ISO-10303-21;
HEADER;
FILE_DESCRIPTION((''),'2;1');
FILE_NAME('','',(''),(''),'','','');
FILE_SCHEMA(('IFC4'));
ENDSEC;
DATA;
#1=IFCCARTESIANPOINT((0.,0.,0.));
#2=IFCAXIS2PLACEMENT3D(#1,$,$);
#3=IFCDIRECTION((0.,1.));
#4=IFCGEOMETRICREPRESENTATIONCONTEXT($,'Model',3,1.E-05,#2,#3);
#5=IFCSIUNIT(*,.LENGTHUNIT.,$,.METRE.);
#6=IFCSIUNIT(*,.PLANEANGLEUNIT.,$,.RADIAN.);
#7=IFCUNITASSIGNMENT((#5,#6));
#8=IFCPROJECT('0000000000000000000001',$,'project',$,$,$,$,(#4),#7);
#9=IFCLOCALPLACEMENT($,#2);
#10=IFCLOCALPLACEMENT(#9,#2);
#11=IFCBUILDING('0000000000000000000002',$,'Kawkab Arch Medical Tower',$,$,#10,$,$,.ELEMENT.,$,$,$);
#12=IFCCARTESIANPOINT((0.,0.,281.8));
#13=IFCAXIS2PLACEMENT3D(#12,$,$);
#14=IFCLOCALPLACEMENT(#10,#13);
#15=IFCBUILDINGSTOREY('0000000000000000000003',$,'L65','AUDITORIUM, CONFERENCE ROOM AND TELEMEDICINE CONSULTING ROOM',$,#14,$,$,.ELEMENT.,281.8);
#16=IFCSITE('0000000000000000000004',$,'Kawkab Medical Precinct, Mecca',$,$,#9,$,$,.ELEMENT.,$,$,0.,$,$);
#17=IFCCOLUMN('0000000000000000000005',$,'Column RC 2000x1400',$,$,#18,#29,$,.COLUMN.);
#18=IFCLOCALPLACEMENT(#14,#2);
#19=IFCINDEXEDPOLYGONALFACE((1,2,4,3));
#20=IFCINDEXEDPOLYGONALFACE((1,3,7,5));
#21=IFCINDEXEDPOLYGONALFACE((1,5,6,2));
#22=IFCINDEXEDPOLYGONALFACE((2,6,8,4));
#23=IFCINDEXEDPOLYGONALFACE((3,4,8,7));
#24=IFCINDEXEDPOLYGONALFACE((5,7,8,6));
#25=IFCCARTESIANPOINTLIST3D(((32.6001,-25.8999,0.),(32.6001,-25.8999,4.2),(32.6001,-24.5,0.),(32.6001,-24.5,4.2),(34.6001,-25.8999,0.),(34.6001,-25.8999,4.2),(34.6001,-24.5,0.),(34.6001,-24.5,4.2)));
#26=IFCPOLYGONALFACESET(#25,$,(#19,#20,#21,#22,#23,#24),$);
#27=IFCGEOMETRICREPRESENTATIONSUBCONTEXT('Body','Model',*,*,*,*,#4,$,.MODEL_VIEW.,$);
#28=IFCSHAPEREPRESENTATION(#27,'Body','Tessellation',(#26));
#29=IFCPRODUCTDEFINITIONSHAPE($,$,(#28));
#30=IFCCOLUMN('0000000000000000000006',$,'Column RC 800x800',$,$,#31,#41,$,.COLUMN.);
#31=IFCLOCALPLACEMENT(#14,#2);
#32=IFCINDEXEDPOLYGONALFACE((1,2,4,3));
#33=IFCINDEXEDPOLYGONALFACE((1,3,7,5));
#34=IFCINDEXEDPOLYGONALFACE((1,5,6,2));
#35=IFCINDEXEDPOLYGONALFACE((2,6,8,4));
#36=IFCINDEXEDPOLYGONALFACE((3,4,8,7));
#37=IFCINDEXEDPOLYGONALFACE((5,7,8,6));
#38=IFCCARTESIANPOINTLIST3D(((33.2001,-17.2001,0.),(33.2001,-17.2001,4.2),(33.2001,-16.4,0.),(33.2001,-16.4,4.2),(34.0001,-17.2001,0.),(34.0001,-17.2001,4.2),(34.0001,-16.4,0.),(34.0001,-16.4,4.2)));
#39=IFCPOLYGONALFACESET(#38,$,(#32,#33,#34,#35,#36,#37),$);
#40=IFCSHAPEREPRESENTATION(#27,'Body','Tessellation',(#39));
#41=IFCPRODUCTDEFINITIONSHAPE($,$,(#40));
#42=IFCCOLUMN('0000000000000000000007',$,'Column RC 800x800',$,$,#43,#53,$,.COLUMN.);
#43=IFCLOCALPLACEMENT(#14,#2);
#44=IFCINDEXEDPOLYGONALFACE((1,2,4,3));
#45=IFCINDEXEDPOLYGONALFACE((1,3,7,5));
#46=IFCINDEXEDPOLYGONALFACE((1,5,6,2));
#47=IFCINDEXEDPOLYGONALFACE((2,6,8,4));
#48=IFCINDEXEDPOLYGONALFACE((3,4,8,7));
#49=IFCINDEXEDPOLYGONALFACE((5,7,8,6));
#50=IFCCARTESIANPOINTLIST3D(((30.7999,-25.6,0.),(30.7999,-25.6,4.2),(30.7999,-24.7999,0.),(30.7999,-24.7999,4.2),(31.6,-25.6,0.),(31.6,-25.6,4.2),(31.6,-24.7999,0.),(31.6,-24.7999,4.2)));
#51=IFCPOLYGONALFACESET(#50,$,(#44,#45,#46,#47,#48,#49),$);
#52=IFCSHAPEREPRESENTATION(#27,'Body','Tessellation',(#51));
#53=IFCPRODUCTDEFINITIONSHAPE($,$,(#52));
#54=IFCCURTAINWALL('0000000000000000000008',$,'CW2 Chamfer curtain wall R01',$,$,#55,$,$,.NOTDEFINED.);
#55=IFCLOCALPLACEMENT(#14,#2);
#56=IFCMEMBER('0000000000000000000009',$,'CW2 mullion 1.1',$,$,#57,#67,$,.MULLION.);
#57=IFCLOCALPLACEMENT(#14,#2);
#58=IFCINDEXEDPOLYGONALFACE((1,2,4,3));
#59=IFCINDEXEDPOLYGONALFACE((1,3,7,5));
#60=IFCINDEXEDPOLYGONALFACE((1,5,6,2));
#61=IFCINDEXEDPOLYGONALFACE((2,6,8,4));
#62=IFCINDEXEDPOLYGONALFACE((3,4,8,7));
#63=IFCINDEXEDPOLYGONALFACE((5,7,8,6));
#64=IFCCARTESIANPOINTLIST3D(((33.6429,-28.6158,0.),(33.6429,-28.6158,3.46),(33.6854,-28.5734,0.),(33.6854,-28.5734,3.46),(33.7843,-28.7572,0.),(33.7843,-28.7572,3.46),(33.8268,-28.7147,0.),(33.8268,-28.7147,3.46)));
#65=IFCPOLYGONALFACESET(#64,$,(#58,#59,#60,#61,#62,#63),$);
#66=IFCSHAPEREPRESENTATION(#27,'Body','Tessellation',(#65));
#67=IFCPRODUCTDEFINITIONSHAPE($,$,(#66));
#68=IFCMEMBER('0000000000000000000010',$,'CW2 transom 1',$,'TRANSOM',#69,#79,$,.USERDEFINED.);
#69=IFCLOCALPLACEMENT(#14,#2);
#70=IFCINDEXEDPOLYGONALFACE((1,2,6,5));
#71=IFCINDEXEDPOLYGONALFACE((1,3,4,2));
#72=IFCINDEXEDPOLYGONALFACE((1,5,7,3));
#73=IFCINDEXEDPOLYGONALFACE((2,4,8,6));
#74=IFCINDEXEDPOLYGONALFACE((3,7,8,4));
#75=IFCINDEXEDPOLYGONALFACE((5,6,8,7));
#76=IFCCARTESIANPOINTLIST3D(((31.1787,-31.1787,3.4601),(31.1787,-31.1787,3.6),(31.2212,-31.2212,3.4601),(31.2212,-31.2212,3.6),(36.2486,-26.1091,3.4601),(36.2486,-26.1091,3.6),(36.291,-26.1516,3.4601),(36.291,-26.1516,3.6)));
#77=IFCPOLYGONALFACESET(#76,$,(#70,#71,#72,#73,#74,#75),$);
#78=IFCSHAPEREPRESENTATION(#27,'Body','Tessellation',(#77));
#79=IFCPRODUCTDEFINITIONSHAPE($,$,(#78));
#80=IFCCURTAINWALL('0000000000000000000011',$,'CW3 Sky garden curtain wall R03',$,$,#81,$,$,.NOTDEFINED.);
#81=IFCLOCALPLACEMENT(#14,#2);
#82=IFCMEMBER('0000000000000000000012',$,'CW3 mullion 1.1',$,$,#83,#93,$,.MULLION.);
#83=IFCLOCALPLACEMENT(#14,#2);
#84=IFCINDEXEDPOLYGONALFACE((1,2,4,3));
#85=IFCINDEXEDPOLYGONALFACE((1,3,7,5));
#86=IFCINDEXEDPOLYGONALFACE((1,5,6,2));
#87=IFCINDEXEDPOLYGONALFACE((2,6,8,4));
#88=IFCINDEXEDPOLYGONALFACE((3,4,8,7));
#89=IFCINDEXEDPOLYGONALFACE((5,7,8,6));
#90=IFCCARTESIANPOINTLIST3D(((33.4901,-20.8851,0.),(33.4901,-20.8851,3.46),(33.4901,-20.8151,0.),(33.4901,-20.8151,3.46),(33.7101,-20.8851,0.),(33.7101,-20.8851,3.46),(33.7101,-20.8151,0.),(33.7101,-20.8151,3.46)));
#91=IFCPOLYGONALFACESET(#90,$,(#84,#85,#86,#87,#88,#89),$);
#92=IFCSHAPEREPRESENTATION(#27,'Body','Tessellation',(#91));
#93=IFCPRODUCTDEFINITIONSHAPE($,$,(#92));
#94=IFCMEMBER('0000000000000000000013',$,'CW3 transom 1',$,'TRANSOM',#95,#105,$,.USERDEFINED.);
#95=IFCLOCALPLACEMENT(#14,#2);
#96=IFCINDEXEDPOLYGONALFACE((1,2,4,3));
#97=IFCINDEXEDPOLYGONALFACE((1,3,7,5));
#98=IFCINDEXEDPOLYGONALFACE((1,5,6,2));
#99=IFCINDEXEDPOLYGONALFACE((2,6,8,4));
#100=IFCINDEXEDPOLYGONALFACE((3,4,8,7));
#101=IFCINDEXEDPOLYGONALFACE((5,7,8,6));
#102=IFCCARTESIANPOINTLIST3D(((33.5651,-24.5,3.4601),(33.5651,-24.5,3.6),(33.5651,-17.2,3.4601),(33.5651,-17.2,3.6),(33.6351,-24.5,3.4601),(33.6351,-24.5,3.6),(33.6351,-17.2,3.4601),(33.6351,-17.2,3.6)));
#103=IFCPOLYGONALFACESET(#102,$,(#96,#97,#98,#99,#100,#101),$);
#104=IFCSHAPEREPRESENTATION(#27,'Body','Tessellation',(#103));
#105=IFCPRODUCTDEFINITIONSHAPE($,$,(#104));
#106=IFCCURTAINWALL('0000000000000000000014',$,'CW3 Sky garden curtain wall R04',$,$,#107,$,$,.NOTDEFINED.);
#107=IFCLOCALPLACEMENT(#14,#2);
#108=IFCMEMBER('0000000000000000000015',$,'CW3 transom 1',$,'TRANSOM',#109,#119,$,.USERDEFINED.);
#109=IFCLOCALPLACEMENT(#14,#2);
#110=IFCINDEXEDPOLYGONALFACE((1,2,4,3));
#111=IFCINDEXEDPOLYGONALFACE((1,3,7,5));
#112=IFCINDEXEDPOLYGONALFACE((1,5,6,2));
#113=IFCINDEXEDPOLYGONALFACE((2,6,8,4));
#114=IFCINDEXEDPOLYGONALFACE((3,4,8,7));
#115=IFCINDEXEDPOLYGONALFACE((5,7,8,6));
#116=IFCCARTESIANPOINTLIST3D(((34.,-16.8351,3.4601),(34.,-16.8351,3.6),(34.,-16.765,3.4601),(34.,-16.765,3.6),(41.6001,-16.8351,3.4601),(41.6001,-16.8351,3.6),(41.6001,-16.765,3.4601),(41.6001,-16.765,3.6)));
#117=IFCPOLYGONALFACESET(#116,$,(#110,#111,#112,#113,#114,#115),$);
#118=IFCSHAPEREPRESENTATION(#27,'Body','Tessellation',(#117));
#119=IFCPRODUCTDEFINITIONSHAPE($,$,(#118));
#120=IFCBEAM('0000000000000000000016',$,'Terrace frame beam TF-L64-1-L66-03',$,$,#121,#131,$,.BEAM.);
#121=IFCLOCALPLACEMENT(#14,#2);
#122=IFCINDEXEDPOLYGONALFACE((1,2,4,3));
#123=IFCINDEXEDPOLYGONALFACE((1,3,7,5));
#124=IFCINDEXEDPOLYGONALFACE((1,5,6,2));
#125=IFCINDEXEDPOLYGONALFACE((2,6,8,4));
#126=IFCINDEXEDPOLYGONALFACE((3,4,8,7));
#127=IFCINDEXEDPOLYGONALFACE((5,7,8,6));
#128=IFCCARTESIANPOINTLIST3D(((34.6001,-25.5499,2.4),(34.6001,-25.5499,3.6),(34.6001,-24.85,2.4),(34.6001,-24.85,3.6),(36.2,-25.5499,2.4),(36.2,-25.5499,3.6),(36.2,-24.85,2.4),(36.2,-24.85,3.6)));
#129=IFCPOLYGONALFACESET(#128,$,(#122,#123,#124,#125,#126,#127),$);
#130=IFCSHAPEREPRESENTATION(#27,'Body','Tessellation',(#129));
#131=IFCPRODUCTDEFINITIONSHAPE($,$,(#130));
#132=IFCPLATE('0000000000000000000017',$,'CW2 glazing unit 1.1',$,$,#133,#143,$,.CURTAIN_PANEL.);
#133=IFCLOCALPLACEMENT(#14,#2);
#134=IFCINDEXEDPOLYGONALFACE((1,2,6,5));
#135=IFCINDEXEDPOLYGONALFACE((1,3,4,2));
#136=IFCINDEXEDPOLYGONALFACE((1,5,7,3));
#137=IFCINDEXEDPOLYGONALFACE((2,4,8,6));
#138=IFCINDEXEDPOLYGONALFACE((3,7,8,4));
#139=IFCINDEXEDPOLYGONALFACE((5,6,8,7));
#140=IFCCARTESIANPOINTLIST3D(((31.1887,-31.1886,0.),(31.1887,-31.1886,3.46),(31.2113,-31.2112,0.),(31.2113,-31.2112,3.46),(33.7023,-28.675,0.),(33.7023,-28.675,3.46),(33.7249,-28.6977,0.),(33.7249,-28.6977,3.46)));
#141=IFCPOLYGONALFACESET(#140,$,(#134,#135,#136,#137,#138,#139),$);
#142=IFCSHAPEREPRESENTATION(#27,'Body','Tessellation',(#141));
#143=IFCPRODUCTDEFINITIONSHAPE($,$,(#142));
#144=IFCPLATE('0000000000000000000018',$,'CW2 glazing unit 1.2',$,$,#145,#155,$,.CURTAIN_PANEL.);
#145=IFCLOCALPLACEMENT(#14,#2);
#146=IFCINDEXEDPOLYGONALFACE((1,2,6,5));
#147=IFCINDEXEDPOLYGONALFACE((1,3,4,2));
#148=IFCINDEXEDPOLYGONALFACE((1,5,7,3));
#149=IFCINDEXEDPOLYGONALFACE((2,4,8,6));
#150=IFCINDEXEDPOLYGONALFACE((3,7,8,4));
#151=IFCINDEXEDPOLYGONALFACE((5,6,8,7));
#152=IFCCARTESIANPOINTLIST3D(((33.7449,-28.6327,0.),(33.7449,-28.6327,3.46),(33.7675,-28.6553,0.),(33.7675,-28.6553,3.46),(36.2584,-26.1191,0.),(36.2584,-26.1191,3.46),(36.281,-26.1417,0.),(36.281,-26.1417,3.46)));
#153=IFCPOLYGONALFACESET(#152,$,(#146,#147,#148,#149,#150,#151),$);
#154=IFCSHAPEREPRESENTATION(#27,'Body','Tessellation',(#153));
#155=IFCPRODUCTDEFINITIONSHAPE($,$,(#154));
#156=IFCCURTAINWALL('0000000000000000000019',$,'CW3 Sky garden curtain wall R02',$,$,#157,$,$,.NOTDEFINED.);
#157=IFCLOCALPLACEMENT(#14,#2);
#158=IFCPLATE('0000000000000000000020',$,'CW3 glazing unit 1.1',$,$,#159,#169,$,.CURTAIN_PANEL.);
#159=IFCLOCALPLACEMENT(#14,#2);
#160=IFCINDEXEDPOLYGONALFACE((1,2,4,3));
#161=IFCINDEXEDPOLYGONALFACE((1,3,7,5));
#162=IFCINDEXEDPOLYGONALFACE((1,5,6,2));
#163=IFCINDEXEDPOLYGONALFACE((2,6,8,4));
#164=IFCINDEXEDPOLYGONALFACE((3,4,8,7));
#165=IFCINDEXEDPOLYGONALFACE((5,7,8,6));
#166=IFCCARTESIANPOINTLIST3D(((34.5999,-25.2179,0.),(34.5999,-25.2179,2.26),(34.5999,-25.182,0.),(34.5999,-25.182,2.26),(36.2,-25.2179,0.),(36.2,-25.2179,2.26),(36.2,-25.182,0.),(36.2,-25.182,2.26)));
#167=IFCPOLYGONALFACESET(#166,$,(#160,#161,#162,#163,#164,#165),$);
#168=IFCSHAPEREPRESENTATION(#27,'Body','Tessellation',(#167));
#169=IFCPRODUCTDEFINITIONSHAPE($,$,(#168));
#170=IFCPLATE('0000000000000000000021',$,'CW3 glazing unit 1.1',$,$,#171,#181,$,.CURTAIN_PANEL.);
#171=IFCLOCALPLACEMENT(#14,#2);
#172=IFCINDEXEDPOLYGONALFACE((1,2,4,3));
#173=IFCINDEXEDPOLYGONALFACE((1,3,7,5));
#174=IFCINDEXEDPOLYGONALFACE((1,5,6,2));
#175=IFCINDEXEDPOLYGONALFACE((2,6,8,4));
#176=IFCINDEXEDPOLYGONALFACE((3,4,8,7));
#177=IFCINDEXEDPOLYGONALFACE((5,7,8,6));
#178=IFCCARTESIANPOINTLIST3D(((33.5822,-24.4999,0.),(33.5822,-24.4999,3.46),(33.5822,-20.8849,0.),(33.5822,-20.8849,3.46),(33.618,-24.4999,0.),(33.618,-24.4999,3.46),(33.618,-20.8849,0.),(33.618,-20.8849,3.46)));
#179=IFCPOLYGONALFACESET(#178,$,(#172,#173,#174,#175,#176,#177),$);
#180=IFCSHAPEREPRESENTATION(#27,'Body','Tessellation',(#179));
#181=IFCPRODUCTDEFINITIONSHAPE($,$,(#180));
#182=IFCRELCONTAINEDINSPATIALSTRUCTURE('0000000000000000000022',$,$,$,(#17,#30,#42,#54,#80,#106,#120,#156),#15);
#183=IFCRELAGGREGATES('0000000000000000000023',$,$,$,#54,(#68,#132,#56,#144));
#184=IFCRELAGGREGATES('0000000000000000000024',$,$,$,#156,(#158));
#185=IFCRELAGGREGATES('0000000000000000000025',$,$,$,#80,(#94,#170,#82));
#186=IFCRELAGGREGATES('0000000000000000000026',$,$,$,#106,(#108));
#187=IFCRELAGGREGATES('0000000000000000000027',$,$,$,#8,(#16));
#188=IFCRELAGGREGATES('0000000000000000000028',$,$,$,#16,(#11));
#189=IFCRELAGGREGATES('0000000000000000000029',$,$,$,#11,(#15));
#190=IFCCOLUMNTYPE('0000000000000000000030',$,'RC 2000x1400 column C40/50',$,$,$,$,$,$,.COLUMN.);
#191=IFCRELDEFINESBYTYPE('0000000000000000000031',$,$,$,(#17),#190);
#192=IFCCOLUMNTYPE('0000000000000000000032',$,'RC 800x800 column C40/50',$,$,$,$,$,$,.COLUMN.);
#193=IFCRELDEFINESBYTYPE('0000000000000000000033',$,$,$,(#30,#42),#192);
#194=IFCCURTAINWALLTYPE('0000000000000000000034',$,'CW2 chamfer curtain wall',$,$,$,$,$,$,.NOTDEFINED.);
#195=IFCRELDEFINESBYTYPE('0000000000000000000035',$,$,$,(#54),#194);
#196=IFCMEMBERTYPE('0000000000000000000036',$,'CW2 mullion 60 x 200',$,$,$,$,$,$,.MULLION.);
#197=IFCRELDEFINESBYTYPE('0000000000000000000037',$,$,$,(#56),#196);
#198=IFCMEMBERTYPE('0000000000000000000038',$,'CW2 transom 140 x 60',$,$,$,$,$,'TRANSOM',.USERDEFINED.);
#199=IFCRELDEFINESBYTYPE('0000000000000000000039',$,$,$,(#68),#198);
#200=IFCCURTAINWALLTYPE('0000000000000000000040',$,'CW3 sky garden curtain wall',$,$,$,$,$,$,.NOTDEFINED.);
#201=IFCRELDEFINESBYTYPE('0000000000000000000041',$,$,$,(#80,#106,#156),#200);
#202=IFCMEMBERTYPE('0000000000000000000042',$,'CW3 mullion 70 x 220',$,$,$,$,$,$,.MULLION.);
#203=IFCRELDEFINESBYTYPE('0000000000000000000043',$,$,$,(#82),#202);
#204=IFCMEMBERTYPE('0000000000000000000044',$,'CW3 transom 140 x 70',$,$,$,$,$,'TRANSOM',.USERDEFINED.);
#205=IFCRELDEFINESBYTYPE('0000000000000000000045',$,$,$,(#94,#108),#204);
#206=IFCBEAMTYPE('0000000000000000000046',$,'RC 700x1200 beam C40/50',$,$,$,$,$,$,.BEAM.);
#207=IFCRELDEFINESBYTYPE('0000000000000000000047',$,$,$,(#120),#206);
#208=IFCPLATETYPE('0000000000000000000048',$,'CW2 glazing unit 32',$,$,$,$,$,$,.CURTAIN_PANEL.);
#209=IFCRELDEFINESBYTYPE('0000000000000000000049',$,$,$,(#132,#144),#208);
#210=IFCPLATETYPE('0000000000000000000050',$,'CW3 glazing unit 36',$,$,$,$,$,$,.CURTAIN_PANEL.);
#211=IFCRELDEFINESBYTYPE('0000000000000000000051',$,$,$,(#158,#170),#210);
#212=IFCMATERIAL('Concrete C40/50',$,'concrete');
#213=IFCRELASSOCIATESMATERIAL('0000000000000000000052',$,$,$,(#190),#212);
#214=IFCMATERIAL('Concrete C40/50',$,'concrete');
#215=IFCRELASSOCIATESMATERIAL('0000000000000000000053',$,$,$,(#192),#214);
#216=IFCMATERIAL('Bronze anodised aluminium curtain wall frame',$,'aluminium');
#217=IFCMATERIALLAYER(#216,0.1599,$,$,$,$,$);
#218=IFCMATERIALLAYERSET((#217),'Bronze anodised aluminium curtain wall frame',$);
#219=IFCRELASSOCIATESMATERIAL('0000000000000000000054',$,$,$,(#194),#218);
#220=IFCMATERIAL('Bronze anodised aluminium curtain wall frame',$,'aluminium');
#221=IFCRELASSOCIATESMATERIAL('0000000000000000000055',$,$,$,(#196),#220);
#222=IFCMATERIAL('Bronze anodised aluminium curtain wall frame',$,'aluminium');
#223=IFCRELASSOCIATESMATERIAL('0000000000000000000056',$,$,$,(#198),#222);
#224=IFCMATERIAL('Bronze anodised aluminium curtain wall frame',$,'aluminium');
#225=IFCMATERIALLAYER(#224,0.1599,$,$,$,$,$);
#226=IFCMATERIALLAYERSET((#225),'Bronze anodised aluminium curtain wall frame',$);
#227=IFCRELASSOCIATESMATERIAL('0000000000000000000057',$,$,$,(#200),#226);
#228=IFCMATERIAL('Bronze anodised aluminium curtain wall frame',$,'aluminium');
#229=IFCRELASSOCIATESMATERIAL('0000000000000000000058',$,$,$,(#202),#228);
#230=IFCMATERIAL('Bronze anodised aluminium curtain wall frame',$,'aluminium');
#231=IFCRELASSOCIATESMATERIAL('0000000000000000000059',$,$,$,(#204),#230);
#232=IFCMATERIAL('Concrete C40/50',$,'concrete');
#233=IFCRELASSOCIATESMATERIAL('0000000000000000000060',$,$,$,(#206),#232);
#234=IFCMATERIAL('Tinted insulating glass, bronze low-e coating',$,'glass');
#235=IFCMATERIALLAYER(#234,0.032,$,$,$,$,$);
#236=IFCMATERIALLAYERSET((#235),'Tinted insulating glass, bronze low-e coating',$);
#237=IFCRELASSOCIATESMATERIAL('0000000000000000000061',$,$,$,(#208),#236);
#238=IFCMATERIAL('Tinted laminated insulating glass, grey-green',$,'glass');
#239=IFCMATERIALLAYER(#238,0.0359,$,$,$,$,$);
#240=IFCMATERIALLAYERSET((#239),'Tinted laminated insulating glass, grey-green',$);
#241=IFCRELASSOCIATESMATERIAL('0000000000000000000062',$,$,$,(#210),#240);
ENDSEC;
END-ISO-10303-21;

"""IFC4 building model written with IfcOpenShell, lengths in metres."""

from ifc_helpers import new_model, si_unit, direction, frame, origin, origin_2d, place, context, subcontext, project, spatial, rectangle, extrude, material, layer, layer_set, material_profile, profile_set, type_object, element, aggregate, save


model = new_model("IFC4")

# Units and contexts
model_context = context("Model", 3, precision=1e-05, world=origin(), true_north=direction((0.0, 1.0)))
body_context = subcontext(model_context, "Body", "Model", "MODEL_VIEW")
ifc_project = project(units=[si_unit("LENGTHUNIT", "METRE"), si_unit("PLANEANGLEUNIT", "RADIAN")], contexts=[model_context])

# Site, building, storey
site_placement = place(None, origin())
site = spatial("IfcSite", under=ifc_project, at=site_placement, Name="Kawkab Medical Precinct, Mecca", CompositionType="ELEMENT", RefElevation=0.0)
building_placement = place(site_placement, origin())
building = spatial("IfcBuilding", under=site, at=building_placement, Name="Kawkab Arch Medical Tower", CompositionType="ELEMENT")
storey_placement = place(building_placement, frame((0.0, 0.0, 281.8)))
storey = spatial("IfcBuildingStorey", under=building, at=storey_placement, Name="L65", Description="AUDITORIUM, CONFERENCE ROOM AND TELEMEDICINE CONSULTING ROOM", CompositionType="ELEMENT", Elevation=281.8)

# Columns
ifc_material_1 = material(Name="Concrete C40/50", Category="concrete")
ifc_material_profile_1 = material_profile(ifc_material_1, rectangle(XDim=2.0, YDim=1.3999, at=origin_2d()), Name="RC 2000x1400")
ifc_profile_set_1 = profile_set([ifc_material_profile_1], Name="Concrete C40/50")
column_type_1 = type_object("IfcColumnType", Name="RC 2000x1400 column C40/50", PredefinedType="COLUMN", material=ifc_profile_set_1)
column_placement = place(storey_placement, frame((33.6001, -25.2, 0.0), z_axis=(0.0, 0.0, 1.0), x_axis=(-1.0, 0.0, 0.0)))
element("IfcColumn", 1, at=column_placement, inside=storey, type_object=column_type_1, Name="Column RC 2000x1400", PredefinedType="COLUMN", context=body_context, shape_type="SweptSolid", body=[
    extrude(rectangle(XDim=2.0, YDim=1.3999, at=origin_2d()), origin(), (0.0, 0.0, 1.0), 4.2),
])
ifc_material_2 = material(Name="Concrete C40/50", Category="concrete")
ifc_material_profile_2 = material_profile(ifc_material_2, rectangle(XDim=0.8, YDim=0.8, at=origin_2d()), Name="RC 800x800")
ifc_profile_set_2 = profile_set([ifc_material_profile_2], Name="Concrete C40/50")
column_type_2 = type_object("IfcColumnType", Name="RC 800x800 column C40/50", PredefinedType="COLUMN", material=ifc_profile_set_2)
for number, where, z_axis, x_axis, name in (
    (2, (33.6001, -16.8, 0.0), (0.0, 0.0, 1.0), (1.0, 0.0, 0.0), "Column RC 800x800"),
    (3, (31.2, -25.2, 0.0), (0.0, 0.0, 1.0), (1.0, 0.0, 0.0), "Column RC 800x800"),
):
    element("IfcColumn", number, at=place(storey_placement, frame(where, z_axis=z_axis, x_axis=x_axis)), inside=storey, type_object=column_type_2, Name=name, PredefinedType="COLUMN", context=body_context, shape_type="SweptSolid", body=[
        extrude(rectangle(XDim=0.8, YDim=0.8, at=origin_2d()), origin(), (0.0, 0.0, 1.0), 4.2),
    ])

# Curtain walls, members
ifc_material_3 = material(Name="Bronze anodised aluminium curtain wall frame", Category="aluminium")
ifc_layer_1 = layer(ifc_material_3, 0.1599)
ifc_layer_set_1 = layer_set([ifc_layer_1], Name="Bronze anodised aluminium curtain wall frame")
curtain_wall_type_1 = type_object("IfcCurtainWallType", Name="CW2 chamfer curtain wall", PredefinedType="NOTDEFINED", material=ifc_layer_set_1)
placement = place(storey_placement, origin())
curtain_wall_1 = element("IfcCurtainWall", 4, at=placement, inside=storey, type_object=curtain_wall_type_1, Name="CW2 Chamfer curtain wall R01", PredefinedType="NOTDEFINED")
ifc_material_4 = material(Name="Bronze anodised aluminium curtain wall frame", Category="aluminium")
ifc_material_profile_3 = material_profile(ifc_material_4, rectangle(XDim=0.2, YDim=0.0601, at=origin_2d()), Name="AL 60x200")
ifc_profile_set_3 = profile_set([ifc_material_profile_3], Name="Bronze anodised aluminium curtain wall frame")
member_type_1 = type_object("IfcMemberType", Name="CW2 mullion 60 x 200", PredefinedType="MULLION", material=ifc_profile_set_3)
member_1_placement = place(storey_placement, frame((33.7349, -28.6653, 0.0), z_axis=(0.0, 0.0, 1.0), x_axis=(-0.707107, 0.707107, 0.0)))
member_1 = element("IfcMember", 5, at=member_1_placement, type_object=member_type_1, Name="CW2 mullion 1.1", PredefinedType="MULLION", context=body_context, shape_type="SweptSolid", body=[
    extrude(rectangle(XDim=0.2, YDim=0.0601, at=origin_2d()), origin(), (0.0, 0.0, 1.0), 3.46),
])
ifc_material_5 = material(Name="Bronze anodised aluminium curtain wall frame", Category="aluminium")
ifc_material_profile_4 = material_profile(ifc_material_5, rectangle(XDim=0.0601, YDim=0.1399, at=origin_2d()), Name="AL 60x140")
ifc_profile_set_4 = profile_set([ifc_material_profile_4], Name="Bronze anodised aluminium curtain wall frame")
member_type_2 = type_object("IfcMemberType", Name="CW2 transom 140 x 60", ElementType="TRANSOM", PredefinedType="USERDEFINED", material=ifc_profile_set_4)
member_2_placement = place(storey_placement, frame((31.2, -31.2, 3.53), z_axis=(0.707124, 0.70709, 0.0), x_axis=(-0.70709, 0.707124, 0.0)))
member_2 = element("IfcMember", 6, at=member_2_placement, type_object=member_type_2, Name="CW2 transom 1", ObjectType="TRANSOM", PredefinedType="USERDEFINED", context=body_context, shape_type="SweptSolid", body=[
    extrude(rectangle(XDim=0.0601, YDim=0.1399, at=origin_2d()), origin(), (0.0, 0.0, 1.0), 7.1697),
])
ifc_material_6 = material(Name="Bronze anodised aluminium curtain wall frame", Category="aluminium")
ifc_layer_2 = layer(ifc_material_6, 0.1599)
ifc_layer_set_2 = layer_set([ifc_layer_2], Name="Bronze anodised aluminium curtain wall frame")
curtain_wall_type_2 = type_object("IfcCurtainWallType", Name="CW3 sky garden curtain wall", PredefinedType="NOTDEFINED", material=ifc_layer_set_2)
curtain_wall_2 = element("IfcCurtainWall", 7, at=placement, inside=storey, type_object=curtain_wall_type_2, Name="CW3 Sky garden curtain wall R03", PredefinedType="NOTDEFINED")
ifc_material_7 = material(Name="Bronze anodised aluminium curtain wall frame", Category="aluminium")
ifc_material_profile_5 = material_profile(ifc_material_7, rectangle(XDim=0.22, YDim=0.0701, at=origin_2d()), Name="AL 70x220")
ifc_profile_set_5 = profile_set([ifc_material_profile_5], Name="Bronze anodised aluminium curtain wall frame")
member_type_3 = type_object("IfcMemberType", Name="CW3 mullion 70 x 220", PredefinedType="MULLION", material=ifc_profile_set_5)
member_3_placement = place(storey_placement, frame((33.6001, -20.8501, 0.0), z_axis=(0.0, 0.0, 1.0), x_axis=(-1.0, 0.0, 0.0)))
member_3 = element("IfcMember", 8, at=member_3_placement, type_object=member_type_3, Name="CW3 mullion 1.1", PredefinedType="MULLION", context=body_context, shape_type="SweptSolid", body=[
    extrude(rectangle(XDim=0.22, YDim=0.0701, at=origin_2d()), origin(), (0.0, 0.0, 1.0), 3.46),
])
ifc_material_8 = material(Name="Bronze anodised aluminium curtain wall frame", Category="aluminium")
ifc_material_profile_6 = material_profile(ifc_material_8, rectangle(XDim=0.0701, YDim=0.1399, at=origin_2d()), Name="AL 70x140")
ifc_profile_set_6 = profile_set([ifc_material_profile_6], Name="Bronze anodised aluminium curtain wall frame")
member_type_4 = type_object("IfcMemberType", Name="CW3 transom 140 x 70", ElementType="TRANSOM", PredefinedType="USERDEFINED", material=ifc_profile_set_6)
member_4_placement = place(storey_placement, frame((33.6001, -24.5, 3.53), z_axis=(0.0, 1.0, 0.0), x_axis=(-1.0, 0.0, 0.0)))
member_4 = element("IfcMember", 9, at=member_4_placement, type_object=member_type_4, Name="CW3 transom 1", ObjectType="TRANSOM", PredefinedType="USERDEFINED", context=body_context, shape_type="SweptSolid", body=[
    extrude(rectangle(XDim=0.0701, YDim=0.1399, at=origin_2d()), origin(), (0.0, 0.0, 1.0), 7.3),
])

# Curtain wall, member
curtain_wall_3 = element("IfcCurtainWall", 10, at=placement, inside=storey, type_object=curtain_wall_type_2, Name="CW3 Sky garden curtain wall R04", PredefinedType="NOTDEFINED")
member_5_placement = place(storey_placement, frame((34.0, -16.8, 3.53), z_axis=(1.0, 0.0, 0.0), x_axis=(0.0, 1.0, 0.0)))
member_5 = element("IfcMember", 11, at=member_5_placement, type_object=member_type_4, Name="CW3 transom 1", ObjectType="TRANSOM", PredefinedType="USERDEFINED", context=body_context, shape_type="SweptSolid", body=[
    extrude(rectangle(XDim=0.0701, YDim=0.1399, at=origin_2d()), origin(), (0.0, 0.0, 1.0), 7.6001),
])

# Beam
ifc_material_9 = material(Name="Concrete C40/50", Category="concrete")
ifc_material_profile_7 = material_profile(ifc_material_9, rectangle(XDim=0.7, YDim=1.2, at=origin_2d()), Name="RC 700x1200")
ifc_profile_set_7 = profile_set([ifc_material_profile_7], Name="Concrete C40/50")
beam_type = type_object("IfcBeamType", Name="RC 700x1200 beam C40/50", PredefinedType="BEAM", material=ifc_profile_set_7)
beam_placement = place(storey_placement, frame((36.2, -25.2, 3.0), z_axis=(-1.0, 0.0, 0.0), x_axis=(0.0, -1.0, 0.0)))
element("IfcBeam", 12, at=beam_placement, inside=storey, type_object=beam_type, Name="Terrace frame beam TF-L64-1-L66-03", PredefinedType="BEAM", context=body_context, shape_type="SweptSolid", body=[
    extrude(rectangle(XDim=0.7, YDim=1.2, at=origin_2d()), origin(), (0.0, 0.0, 1.0), 1.5999),
])

# Plates
ifc_material_10 = material(Name="Tinted insulating glass, bronze low-e coating", Category="glass")
ifc_layer_3 = layer(ifc_material_10, 0.032)
ifc_layer_set_3 = layer_set([ifc_layer_3], Name="Tinted insulating glass, bronze low-e coating")
plate_type_1 = type_object("IfcPlateType", Name="CW2 glazing unit 32", PredefinedType="CURTAIN_PANEL", material=ifc_layer_set_3)
plate_1_placement = place(storey_placement, frame((32.4568, -29.9431, 0.0), z_axis=(0.0, 0.0, 1.0), x_axis=(0.707107, 0.707107, 0.0)))
plate_1 = element("IfcPlate", 13, at=plate_1_placement, type_object=plate_type_1, Name="CW2 glazing unit 1.1", PredefinedType="CURTAIN_PANEL", context=body_context, shape_type="SweptSolid", body=[
    extrude(rectangle(XDim=3.5547, YDim=0.032, at=origin_2d()), origin(), (0.0, 0.0, 1.0), 3.46),
])
plate_2_placement = place(storey_placement, frame((35.0129, -27.3872, 0.0), z_axis=(0.0, 0.0, 1.0), x_axis=(0.707107, 0.707107, 0.0)))
plate_2 = element("IfcPlate", 14, at=plate_2_placement, type_object=plate_type_1, Name="CW2 glazing unit 1.2", PredefinedType="CURTAIN_PANEL", context=body_context, shape_type="SweptSolid", body=[
    extrude(rectangle(XDim=3.5547, YDim=0.032, at=origin_2d()), origin(), (0.0, 0.0, 1.0), 3.46),
])
aggregate(curtain_wall_1, [member_2, plate_1, member_1, plate_2])

# Curtain wall, plate
curtain_wall_4 = element("IfcCurtainWall", 15, at=placement, inside=storey, type_object=curtain_wall_type_2, Name="CW3 Sky garden curtain wall R02", PredefinedType="NOTDEFINED")
ifc_material_11 = material(Name="Tinted laminated insulating glass, grey-green", Category="glass")
ifc_layer_4 = layer(ifc_material_11, 0.0359)
ifc_layer_set_4 = layer_set([ifc_layer_4], Name="Tinted laminated insulating glass, grey-green")
plate_type_2 = type_object("IfcPlateType", Name="CW3 glazing unit 36", PredefinedType="CURTAIN_PANEL", material=ifc_layer_set_4)
plate_3_placement = place(storey_placement, frame((35.3999, -25.2, 0.0), z_axis=(0.0, 0.0, 1.0), x_axis=(-1.0, 0.0, 0.0)))
plate_3 = element("IfcPlate", 16, at=plate_3_placement, type_object=plate_type_2, Name="CW3 glazing unit 1.1", PredefinedType="CURTAIN_PANEL", context=body_context, shape_type="SweptSolid", body=[
    extrude(rectangle(XDim=1.6001, YDim=0.0359, at=origin_2d()), origin(), (0.0, 0.0, 1.0), 2.26),
])
aggregate(curtain_wall_4, [plate_3])

# Plate
plate_4_placement = place(storey_placement, frame((33.6001, -22.6924, 0.0), z_axis=(0.0, 0.0, 1.0), x_axis=(0.0, 1.0, 0.0)))
plate_4 = element("IfcPlate", 17, at=plate_4_placement, type_object=plate_type_2, Name="CW3 glazing unit 1.1", PredefinedType="CURTAIN_PANEL", context=body_context, shape_type="SweptSolid", body=[
    extrude(rectangle(XDim=3.615, YDim=0.0359, at=origin_2d()), origin(), (0.0, 0.0, 1.0), 3.46),
])
aggregate(curtain_wall_2, [member_4, plate_4, member_3])
aggregate(curtain_wall_3, [member_5])

save(model, "model.ifc")
